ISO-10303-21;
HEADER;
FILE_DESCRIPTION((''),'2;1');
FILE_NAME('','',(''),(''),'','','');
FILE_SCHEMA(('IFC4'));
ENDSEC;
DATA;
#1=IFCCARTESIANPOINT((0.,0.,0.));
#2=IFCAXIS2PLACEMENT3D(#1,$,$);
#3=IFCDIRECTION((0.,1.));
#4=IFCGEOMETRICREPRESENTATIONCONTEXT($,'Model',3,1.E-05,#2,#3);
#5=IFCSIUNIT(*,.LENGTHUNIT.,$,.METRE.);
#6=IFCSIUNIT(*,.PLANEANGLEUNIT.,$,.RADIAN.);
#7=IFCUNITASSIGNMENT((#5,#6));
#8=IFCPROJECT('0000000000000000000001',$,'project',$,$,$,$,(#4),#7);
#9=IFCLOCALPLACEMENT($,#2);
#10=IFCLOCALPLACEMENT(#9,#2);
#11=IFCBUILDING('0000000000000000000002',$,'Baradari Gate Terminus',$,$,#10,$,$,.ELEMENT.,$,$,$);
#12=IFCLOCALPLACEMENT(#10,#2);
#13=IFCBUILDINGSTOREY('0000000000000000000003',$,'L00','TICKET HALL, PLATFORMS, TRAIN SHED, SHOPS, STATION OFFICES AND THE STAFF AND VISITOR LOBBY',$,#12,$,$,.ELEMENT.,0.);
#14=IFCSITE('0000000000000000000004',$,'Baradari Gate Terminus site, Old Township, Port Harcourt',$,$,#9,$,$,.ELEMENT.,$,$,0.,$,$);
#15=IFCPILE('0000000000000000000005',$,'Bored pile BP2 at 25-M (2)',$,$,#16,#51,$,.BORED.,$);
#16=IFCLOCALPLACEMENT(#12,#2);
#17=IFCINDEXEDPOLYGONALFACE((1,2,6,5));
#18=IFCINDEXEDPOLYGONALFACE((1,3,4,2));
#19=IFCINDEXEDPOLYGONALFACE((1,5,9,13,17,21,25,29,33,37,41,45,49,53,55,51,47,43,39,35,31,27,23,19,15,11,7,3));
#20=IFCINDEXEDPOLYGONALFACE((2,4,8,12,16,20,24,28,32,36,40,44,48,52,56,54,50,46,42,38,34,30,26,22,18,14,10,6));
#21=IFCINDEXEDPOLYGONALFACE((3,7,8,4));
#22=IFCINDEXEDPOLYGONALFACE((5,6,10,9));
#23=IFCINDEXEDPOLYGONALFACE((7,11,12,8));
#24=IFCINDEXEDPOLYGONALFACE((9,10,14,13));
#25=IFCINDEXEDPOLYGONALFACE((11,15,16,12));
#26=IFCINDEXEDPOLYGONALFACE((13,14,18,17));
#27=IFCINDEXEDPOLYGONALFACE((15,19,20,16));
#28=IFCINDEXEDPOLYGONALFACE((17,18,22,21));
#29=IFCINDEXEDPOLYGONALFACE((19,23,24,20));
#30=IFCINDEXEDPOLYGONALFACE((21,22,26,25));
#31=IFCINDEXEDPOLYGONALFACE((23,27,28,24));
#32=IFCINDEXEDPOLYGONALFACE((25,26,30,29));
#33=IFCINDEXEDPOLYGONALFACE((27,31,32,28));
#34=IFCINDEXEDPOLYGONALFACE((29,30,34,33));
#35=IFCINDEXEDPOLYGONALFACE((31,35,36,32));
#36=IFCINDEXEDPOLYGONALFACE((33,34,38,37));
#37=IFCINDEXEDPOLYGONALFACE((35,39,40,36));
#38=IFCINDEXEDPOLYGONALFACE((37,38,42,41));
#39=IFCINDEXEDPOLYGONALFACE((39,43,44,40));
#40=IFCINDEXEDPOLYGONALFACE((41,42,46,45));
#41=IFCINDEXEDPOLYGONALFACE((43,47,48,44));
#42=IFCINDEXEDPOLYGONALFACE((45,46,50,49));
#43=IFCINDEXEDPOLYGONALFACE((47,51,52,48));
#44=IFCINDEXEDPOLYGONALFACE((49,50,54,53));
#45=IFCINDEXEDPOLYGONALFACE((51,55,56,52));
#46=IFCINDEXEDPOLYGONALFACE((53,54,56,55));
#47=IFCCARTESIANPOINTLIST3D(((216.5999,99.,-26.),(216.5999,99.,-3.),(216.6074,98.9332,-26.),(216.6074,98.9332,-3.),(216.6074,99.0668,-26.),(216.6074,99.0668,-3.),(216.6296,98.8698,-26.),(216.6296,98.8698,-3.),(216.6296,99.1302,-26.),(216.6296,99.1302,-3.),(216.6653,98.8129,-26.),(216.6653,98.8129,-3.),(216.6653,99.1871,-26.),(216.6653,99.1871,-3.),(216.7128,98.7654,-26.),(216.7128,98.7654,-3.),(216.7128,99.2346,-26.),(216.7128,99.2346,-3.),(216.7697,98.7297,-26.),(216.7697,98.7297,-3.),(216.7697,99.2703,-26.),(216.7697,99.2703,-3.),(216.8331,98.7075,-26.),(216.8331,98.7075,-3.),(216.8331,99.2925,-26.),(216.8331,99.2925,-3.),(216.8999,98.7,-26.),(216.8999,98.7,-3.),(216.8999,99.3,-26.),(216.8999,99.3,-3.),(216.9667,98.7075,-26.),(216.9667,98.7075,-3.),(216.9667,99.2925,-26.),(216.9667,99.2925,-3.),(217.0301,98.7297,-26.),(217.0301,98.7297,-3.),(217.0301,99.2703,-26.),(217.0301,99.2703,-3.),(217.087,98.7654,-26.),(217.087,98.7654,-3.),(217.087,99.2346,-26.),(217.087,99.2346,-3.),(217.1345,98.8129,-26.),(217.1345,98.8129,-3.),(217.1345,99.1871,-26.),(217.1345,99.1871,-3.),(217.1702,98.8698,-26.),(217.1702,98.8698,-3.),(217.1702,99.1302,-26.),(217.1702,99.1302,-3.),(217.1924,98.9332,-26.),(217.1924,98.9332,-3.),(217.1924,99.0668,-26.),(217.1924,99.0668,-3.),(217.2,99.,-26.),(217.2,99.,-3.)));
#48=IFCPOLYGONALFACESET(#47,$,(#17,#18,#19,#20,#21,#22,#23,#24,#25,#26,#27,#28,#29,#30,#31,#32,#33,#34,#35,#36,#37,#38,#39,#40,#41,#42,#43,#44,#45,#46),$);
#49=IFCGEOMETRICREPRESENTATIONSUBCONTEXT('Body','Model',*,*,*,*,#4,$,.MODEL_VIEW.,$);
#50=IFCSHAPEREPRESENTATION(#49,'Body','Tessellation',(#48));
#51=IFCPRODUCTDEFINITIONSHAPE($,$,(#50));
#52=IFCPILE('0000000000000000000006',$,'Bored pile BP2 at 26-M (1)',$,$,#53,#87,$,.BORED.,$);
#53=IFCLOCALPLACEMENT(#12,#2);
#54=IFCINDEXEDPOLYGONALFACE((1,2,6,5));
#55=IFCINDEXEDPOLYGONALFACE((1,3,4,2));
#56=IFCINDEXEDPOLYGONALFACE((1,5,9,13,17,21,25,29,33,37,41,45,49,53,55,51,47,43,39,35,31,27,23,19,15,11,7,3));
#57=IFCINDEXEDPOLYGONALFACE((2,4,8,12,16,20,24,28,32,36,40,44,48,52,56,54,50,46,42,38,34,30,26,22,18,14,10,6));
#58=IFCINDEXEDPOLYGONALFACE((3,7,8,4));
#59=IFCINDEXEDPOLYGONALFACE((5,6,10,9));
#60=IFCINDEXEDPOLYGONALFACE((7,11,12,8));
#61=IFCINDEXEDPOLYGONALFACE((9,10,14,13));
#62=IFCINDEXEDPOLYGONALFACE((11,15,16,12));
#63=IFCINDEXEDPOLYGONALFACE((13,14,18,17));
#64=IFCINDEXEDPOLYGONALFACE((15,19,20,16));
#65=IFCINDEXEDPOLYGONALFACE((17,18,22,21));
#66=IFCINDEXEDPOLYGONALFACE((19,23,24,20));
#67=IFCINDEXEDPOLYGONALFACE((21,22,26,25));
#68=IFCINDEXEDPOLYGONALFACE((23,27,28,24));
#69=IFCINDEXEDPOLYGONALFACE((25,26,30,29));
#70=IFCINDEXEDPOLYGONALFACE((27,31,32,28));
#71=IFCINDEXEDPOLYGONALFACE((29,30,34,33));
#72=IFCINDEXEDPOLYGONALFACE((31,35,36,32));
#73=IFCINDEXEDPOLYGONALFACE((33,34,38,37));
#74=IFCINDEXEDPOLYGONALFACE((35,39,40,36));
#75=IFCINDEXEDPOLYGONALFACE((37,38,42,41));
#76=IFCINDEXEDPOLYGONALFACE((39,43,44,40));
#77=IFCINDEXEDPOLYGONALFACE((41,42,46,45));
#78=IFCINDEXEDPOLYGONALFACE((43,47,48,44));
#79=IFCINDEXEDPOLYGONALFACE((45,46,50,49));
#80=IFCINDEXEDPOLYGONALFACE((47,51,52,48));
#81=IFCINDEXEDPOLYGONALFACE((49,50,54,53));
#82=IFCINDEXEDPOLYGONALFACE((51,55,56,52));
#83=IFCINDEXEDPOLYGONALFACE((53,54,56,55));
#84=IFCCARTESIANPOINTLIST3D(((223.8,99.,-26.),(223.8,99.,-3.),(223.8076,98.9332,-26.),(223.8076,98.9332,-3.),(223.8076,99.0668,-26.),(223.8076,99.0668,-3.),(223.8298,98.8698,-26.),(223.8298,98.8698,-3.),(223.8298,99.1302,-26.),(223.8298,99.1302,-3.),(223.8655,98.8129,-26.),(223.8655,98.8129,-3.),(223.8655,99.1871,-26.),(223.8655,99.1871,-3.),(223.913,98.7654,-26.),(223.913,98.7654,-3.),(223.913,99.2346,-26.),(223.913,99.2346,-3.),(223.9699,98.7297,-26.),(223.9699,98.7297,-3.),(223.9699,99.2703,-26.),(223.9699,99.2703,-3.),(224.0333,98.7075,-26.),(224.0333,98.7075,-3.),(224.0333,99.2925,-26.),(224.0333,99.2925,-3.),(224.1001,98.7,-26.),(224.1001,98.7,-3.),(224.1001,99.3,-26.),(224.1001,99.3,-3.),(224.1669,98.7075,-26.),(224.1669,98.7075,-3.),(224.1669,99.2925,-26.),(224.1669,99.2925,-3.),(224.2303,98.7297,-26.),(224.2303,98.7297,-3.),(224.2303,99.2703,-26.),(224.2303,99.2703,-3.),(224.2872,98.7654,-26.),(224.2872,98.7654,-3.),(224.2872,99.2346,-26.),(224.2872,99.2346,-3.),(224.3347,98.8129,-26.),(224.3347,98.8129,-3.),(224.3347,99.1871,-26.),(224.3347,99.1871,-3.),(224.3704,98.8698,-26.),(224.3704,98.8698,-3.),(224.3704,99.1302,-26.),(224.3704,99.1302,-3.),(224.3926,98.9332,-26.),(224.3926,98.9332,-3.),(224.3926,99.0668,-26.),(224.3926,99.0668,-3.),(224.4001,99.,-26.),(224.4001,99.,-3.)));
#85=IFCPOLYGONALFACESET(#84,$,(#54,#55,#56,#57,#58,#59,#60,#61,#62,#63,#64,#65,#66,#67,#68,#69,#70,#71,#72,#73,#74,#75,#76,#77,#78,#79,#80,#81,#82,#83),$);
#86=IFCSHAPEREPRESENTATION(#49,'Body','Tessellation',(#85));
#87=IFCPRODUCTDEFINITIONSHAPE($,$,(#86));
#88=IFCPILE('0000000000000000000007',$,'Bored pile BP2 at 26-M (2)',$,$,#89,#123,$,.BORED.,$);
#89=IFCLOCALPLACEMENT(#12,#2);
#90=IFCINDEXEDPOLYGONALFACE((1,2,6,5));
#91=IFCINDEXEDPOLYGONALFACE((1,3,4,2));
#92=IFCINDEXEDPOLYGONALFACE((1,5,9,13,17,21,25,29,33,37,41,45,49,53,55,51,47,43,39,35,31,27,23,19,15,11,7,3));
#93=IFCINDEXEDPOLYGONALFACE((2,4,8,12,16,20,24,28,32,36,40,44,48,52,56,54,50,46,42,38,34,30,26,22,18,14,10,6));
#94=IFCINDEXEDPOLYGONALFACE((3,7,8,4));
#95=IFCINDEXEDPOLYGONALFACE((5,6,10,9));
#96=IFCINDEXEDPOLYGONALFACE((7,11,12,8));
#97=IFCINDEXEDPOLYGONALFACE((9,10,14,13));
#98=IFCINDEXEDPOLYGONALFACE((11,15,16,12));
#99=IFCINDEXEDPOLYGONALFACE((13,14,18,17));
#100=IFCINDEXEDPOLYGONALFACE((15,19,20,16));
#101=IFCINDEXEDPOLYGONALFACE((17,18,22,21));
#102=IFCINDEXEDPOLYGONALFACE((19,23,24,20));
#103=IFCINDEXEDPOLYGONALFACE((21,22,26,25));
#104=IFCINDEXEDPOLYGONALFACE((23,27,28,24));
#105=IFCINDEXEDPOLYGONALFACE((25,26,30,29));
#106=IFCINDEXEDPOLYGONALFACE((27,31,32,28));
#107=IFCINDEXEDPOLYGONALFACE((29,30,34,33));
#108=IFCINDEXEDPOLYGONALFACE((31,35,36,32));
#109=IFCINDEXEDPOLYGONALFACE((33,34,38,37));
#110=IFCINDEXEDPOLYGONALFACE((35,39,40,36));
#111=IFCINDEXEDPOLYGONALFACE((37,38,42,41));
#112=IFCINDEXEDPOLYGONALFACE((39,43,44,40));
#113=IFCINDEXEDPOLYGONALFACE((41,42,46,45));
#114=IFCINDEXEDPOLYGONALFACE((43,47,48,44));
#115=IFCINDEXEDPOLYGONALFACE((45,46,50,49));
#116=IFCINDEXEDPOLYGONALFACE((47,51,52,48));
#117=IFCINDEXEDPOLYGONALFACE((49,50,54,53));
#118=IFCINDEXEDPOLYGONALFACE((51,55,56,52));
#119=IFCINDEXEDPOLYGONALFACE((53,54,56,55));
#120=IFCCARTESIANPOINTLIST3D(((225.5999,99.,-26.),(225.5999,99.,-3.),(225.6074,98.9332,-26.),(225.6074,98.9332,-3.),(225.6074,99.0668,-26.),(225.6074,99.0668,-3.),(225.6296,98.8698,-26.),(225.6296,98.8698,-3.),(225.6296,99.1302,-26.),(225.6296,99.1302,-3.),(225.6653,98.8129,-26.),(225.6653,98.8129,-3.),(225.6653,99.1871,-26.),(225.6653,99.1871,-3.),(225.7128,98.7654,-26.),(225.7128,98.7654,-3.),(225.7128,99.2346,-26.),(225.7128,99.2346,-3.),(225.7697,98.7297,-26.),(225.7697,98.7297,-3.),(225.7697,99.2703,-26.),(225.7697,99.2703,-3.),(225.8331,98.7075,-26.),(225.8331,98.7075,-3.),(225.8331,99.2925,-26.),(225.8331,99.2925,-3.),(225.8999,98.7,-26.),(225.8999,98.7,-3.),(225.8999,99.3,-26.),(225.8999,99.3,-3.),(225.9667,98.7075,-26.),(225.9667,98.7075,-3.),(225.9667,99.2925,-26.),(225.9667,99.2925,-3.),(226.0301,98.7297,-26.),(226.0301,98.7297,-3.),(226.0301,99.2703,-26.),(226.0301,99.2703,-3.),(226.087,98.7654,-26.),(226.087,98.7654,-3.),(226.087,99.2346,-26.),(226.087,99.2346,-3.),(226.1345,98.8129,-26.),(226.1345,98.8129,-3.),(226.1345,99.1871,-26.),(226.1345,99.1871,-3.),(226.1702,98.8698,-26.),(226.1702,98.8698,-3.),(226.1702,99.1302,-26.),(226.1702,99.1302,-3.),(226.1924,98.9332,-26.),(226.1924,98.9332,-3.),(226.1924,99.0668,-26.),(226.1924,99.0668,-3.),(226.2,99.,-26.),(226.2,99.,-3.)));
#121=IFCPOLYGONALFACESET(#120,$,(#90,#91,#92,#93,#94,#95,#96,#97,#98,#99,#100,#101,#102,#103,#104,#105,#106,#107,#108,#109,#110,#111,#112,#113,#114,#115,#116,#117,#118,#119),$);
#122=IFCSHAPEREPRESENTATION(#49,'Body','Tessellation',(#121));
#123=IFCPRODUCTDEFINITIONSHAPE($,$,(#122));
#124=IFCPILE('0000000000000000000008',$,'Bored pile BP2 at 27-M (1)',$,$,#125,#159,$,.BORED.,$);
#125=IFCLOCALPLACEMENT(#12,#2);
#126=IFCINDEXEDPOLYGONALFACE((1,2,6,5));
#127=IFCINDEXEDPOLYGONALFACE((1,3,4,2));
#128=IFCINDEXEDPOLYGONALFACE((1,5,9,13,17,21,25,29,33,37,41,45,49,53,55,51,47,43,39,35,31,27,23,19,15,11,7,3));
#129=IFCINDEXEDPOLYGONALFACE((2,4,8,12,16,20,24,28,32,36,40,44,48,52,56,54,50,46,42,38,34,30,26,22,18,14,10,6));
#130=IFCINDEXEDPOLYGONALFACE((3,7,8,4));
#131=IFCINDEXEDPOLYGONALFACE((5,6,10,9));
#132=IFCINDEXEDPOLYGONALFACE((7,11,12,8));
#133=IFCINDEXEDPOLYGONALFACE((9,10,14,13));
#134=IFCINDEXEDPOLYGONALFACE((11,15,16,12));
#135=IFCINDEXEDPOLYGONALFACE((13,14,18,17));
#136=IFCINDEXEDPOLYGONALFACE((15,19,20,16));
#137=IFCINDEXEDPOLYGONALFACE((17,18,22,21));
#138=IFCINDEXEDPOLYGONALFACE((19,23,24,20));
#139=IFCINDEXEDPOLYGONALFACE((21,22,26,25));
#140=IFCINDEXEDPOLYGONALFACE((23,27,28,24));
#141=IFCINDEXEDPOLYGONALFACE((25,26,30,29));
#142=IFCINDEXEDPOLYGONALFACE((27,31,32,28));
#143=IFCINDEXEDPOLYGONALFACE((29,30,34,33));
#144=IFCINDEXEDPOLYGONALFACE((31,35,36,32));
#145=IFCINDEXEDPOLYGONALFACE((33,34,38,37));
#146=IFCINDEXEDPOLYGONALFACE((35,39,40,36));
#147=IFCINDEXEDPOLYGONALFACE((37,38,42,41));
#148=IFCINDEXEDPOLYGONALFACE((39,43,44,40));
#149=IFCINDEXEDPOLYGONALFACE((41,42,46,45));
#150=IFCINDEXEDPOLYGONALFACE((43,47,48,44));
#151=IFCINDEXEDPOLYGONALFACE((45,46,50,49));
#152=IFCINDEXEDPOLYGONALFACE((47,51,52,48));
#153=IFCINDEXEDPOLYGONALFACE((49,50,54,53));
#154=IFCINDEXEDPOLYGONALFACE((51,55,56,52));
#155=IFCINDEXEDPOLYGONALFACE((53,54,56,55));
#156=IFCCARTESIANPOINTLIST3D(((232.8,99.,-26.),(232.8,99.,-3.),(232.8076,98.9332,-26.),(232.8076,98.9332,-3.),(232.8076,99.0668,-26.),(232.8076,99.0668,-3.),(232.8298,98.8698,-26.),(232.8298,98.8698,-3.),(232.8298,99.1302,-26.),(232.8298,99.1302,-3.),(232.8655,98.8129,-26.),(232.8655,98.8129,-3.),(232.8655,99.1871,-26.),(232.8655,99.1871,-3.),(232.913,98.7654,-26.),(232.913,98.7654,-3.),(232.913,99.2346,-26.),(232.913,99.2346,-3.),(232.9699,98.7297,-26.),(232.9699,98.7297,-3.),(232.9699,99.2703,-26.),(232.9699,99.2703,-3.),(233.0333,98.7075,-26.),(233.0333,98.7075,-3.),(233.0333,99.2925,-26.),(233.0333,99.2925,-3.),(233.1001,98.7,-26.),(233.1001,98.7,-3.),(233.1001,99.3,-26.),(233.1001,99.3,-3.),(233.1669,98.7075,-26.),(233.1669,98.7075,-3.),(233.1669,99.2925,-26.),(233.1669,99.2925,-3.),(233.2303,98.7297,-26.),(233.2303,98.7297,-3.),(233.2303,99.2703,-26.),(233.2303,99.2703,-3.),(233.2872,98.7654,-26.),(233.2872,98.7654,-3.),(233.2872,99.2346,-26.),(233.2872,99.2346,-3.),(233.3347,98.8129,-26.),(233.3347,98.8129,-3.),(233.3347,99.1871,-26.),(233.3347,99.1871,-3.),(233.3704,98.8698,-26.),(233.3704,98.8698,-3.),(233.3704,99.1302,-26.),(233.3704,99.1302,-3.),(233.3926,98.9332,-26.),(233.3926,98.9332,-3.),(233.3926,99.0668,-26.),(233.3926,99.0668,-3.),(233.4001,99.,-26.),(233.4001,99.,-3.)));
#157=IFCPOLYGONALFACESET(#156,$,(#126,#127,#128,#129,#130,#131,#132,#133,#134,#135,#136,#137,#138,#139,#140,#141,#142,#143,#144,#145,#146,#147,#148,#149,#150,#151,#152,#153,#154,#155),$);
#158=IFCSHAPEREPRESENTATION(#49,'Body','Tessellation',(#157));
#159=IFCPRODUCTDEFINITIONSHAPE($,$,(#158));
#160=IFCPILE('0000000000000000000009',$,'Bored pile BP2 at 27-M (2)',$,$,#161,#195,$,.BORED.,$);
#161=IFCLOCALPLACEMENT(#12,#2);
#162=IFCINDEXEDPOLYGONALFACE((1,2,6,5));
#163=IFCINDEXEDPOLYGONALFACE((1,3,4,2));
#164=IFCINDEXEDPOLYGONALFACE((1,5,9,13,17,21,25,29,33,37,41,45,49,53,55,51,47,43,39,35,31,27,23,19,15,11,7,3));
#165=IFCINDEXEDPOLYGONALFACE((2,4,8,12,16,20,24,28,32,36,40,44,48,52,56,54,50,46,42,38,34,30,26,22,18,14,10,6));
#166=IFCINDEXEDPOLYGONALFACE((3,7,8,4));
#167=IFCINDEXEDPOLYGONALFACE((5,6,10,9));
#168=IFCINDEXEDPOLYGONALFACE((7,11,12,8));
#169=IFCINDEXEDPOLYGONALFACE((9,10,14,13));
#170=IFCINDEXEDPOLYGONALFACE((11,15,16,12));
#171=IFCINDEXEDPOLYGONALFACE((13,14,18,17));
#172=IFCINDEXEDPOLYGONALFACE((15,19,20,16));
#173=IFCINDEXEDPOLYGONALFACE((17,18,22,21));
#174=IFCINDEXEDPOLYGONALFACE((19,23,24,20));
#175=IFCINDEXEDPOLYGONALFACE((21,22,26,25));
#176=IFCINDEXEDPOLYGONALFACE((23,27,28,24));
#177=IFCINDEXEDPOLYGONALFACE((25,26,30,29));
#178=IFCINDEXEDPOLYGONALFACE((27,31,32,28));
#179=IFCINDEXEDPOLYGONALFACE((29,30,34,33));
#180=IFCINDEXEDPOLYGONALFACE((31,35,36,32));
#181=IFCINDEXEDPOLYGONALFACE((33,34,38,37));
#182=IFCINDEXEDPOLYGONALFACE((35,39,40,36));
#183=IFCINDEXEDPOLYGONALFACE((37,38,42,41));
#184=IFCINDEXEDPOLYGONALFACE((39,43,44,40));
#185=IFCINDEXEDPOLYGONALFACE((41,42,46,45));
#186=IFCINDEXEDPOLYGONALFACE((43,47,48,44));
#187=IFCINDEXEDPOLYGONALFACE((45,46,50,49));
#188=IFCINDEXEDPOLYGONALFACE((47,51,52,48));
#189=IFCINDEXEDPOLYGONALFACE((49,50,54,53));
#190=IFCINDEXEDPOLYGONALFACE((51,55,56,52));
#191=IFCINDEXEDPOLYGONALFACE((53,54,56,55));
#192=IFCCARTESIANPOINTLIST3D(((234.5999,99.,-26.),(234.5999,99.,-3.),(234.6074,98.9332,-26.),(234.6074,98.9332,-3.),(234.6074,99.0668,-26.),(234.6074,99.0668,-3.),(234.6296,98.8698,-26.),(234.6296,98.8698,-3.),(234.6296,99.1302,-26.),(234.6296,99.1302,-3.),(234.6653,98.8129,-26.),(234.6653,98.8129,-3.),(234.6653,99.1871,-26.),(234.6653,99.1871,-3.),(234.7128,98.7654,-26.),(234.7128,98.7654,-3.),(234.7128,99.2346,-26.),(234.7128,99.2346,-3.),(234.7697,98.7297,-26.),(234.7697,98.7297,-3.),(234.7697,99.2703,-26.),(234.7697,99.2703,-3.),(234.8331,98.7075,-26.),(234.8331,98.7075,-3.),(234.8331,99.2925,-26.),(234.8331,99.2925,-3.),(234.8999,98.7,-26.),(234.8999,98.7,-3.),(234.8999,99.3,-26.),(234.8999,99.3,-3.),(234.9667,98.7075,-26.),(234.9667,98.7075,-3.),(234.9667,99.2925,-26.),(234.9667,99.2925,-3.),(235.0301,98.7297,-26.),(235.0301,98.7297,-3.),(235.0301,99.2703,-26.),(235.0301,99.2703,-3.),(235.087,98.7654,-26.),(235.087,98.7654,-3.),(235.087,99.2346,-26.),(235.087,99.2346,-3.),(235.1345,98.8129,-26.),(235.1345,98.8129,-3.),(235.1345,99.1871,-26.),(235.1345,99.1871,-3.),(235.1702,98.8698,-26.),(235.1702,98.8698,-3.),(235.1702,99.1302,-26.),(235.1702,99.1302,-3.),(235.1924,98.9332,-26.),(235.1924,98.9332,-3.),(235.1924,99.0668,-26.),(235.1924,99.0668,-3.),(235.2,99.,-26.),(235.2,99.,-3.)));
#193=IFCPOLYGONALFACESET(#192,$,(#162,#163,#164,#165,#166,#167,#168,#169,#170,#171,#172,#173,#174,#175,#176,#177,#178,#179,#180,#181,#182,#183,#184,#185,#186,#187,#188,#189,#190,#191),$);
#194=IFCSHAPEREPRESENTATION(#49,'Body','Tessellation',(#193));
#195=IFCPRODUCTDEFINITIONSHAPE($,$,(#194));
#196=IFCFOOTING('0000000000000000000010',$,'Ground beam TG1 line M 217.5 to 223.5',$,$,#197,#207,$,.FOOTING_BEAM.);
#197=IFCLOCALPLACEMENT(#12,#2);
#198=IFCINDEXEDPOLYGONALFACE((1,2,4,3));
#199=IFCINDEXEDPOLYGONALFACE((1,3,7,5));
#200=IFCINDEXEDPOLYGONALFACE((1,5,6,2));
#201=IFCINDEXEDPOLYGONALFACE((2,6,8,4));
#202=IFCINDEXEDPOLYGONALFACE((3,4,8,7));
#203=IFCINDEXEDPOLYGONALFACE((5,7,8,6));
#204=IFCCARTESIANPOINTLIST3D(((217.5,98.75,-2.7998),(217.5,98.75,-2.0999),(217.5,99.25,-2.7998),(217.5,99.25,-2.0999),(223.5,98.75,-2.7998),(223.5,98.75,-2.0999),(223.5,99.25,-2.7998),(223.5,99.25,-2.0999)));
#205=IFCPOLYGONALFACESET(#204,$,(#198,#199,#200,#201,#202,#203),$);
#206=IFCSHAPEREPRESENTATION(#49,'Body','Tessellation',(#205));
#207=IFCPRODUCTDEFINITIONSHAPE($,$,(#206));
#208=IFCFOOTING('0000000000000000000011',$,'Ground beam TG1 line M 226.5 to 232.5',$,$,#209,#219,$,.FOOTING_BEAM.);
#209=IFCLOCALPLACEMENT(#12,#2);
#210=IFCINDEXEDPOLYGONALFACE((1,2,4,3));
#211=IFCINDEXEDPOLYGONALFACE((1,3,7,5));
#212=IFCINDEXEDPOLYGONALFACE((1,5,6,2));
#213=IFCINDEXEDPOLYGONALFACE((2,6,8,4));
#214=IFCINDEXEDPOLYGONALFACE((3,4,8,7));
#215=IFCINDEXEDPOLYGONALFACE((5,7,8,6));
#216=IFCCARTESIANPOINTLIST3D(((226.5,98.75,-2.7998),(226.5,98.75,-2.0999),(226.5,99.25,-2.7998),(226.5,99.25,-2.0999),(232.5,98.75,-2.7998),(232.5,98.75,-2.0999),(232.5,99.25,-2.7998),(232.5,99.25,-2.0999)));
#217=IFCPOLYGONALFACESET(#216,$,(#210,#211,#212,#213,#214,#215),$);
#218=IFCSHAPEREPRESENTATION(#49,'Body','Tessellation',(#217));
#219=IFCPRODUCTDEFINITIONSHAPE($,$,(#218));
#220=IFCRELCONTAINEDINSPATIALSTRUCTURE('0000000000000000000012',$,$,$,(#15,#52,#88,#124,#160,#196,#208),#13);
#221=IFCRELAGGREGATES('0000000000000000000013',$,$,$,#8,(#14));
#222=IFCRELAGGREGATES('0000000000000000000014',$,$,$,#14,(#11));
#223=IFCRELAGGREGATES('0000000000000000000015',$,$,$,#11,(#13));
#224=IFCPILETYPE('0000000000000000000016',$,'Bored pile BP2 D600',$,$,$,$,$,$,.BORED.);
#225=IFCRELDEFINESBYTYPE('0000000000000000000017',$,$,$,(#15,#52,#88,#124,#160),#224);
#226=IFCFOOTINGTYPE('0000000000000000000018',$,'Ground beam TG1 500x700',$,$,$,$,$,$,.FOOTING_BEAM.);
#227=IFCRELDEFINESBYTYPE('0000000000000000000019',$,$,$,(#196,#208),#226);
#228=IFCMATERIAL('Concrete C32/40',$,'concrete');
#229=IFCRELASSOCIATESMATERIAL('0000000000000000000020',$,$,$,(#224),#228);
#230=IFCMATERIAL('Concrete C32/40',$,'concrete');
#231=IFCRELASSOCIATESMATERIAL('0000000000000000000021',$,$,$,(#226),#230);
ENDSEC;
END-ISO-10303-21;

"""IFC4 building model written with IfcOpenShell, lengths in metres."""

from ifc_helpers import new_model, si_unit, direction, frame, origin, origin_2d, place, context, subcontext, project, spatial, rectangle, circle, extrude, material, type_object, element, save


model = new_model("IFC4")

# Units and contexts
model_context = context("Model", 3, precision=1e-05, world=origin(), true_north=direction((0.0, 1.0)))
body_context = subcontext(model_context, "Body", "Model", "MODEL_VIEW")
ifc_project = project(units=[si_unit("LENGTHUNIT", "METRE"), si_unit("PLANEANGLEUNIT", "RADIAN")], contexts=[model_context])

# Site, building, storey
site_placement = place(None, origin())
site = spatial("IfcSite", under=ifc_project, at=site_placement, Name="Baradari Gate Terminus site, Old Township, Port Harcourt", CompositionType="ELEMENT", RefElevation=0.0)
building_placement = place(site_placement, origin())
building = spatial("IfcBuilding", under=site, at=building_placement, Name="Baradari Gate Terminus", CompositionType="ELEMENT")
storey_placement = place(building_placement, origin())
storey = spatial("IfcBuildingStorey", under=building, at=storey_placement, Name="L00", Description="TICKET HALL, PLATFORMS, TRAIN SHED, SHOPS, STATION OFFICES AND THE STAFF AND VISITOR LOBBY", CompositionType="ELEMENT", Elevation=0.0)

# Piles
ifc_material_1 = material(Name="Concrete C32/40", Category="concrete")
pile_type = type_object("IfcPileType", Name="Bored pile BP2 D600", PredefinedType="BORED", material=ifc_material_1)
for number, where, z_axis, x_axis, name in (
    (1, (216.8999, 99.0, -3.0), (0.0, 0.0, -1.0), (1.0, 0.0, 0.0), "Bored pile BP2 at 25-M (2)"),
    (2, (224.1001, 99.0, -3.0), (0.0, 0.0, -1.0), (1.0, 0.0, 0.0), "Bored pile BP2 at 26-M (1)"),
    (3, (225.8999, 99.0, -3.0), (0.0, 0.0, -1.0), (1.0, 0.0, 0.0), "Bored pile BP2 at 26-M (2)"),
    (4, (233.1001, 99.0, -3.0), (0.0, 0.0, -1.0), (1.0, 0.0, 0.0), "Bored pile BP2 at 27-M (1)"),
    (5, (234.8999, 99.0, -3.0), (0.0, 0.0, -1.0), (1.0, 0.0, 0.0), "Bored pile BP2 at 27-M (2)"),
):
    element("IfcPile", number, at=place(storey_placement, frame(where, z_axis=z_axis, x_axis=x_axis)), inside=storey, type_object=pile_type, Name=name, PredefinedType="BORED", context=body_context, shape_type="SweptSolid", body=[
        extrude(circle(Radius=0.3, at=origin_2d()), origin(), (0.0, 0.0, 1.0), 23.0),
    ])

# Footings
ifc_material_2 = material(Name="Concrete C32/40", Category="concrete")
footing_type_1 = type_object("IfcFootingType", Name="Ground beam TG1 500x700", PredefinedType="FOOTING_BEAM", material=ifc_material_2)
for number, where, z_axis, x_axis, name in (
    (6, (220.5, 99.0, -2.7998), (0.0, 0.0, 1.0), (1.0, 0.0, 0.0), "Ground beam TG1 line M 217.5 to 223.5"),
    (7, (229.5, 99.0, -2.7998), (0.0, 0.0, 1.0), (1.0, 0.0, 0.0), "Ground beam TG1 line M 226.5 to 232.5"),
):
    element("IfcFooting", number, at=place(storey_placement, frame(where, z_axis=z_axis, x_axis=x_axis)), inside=storey, type_object=footing_type_1, Name=name, PredefinedType="FOOTING_BEAM", context=body_context, shape_type="SweptSolid", body=[
        extrude(rectangle(XDim=6.0, YDim=0.5, at=origin_2d()), origin(), (0.0, 0.0, 1.0), 0.7),
    ])

save(model, "model.ifc")
